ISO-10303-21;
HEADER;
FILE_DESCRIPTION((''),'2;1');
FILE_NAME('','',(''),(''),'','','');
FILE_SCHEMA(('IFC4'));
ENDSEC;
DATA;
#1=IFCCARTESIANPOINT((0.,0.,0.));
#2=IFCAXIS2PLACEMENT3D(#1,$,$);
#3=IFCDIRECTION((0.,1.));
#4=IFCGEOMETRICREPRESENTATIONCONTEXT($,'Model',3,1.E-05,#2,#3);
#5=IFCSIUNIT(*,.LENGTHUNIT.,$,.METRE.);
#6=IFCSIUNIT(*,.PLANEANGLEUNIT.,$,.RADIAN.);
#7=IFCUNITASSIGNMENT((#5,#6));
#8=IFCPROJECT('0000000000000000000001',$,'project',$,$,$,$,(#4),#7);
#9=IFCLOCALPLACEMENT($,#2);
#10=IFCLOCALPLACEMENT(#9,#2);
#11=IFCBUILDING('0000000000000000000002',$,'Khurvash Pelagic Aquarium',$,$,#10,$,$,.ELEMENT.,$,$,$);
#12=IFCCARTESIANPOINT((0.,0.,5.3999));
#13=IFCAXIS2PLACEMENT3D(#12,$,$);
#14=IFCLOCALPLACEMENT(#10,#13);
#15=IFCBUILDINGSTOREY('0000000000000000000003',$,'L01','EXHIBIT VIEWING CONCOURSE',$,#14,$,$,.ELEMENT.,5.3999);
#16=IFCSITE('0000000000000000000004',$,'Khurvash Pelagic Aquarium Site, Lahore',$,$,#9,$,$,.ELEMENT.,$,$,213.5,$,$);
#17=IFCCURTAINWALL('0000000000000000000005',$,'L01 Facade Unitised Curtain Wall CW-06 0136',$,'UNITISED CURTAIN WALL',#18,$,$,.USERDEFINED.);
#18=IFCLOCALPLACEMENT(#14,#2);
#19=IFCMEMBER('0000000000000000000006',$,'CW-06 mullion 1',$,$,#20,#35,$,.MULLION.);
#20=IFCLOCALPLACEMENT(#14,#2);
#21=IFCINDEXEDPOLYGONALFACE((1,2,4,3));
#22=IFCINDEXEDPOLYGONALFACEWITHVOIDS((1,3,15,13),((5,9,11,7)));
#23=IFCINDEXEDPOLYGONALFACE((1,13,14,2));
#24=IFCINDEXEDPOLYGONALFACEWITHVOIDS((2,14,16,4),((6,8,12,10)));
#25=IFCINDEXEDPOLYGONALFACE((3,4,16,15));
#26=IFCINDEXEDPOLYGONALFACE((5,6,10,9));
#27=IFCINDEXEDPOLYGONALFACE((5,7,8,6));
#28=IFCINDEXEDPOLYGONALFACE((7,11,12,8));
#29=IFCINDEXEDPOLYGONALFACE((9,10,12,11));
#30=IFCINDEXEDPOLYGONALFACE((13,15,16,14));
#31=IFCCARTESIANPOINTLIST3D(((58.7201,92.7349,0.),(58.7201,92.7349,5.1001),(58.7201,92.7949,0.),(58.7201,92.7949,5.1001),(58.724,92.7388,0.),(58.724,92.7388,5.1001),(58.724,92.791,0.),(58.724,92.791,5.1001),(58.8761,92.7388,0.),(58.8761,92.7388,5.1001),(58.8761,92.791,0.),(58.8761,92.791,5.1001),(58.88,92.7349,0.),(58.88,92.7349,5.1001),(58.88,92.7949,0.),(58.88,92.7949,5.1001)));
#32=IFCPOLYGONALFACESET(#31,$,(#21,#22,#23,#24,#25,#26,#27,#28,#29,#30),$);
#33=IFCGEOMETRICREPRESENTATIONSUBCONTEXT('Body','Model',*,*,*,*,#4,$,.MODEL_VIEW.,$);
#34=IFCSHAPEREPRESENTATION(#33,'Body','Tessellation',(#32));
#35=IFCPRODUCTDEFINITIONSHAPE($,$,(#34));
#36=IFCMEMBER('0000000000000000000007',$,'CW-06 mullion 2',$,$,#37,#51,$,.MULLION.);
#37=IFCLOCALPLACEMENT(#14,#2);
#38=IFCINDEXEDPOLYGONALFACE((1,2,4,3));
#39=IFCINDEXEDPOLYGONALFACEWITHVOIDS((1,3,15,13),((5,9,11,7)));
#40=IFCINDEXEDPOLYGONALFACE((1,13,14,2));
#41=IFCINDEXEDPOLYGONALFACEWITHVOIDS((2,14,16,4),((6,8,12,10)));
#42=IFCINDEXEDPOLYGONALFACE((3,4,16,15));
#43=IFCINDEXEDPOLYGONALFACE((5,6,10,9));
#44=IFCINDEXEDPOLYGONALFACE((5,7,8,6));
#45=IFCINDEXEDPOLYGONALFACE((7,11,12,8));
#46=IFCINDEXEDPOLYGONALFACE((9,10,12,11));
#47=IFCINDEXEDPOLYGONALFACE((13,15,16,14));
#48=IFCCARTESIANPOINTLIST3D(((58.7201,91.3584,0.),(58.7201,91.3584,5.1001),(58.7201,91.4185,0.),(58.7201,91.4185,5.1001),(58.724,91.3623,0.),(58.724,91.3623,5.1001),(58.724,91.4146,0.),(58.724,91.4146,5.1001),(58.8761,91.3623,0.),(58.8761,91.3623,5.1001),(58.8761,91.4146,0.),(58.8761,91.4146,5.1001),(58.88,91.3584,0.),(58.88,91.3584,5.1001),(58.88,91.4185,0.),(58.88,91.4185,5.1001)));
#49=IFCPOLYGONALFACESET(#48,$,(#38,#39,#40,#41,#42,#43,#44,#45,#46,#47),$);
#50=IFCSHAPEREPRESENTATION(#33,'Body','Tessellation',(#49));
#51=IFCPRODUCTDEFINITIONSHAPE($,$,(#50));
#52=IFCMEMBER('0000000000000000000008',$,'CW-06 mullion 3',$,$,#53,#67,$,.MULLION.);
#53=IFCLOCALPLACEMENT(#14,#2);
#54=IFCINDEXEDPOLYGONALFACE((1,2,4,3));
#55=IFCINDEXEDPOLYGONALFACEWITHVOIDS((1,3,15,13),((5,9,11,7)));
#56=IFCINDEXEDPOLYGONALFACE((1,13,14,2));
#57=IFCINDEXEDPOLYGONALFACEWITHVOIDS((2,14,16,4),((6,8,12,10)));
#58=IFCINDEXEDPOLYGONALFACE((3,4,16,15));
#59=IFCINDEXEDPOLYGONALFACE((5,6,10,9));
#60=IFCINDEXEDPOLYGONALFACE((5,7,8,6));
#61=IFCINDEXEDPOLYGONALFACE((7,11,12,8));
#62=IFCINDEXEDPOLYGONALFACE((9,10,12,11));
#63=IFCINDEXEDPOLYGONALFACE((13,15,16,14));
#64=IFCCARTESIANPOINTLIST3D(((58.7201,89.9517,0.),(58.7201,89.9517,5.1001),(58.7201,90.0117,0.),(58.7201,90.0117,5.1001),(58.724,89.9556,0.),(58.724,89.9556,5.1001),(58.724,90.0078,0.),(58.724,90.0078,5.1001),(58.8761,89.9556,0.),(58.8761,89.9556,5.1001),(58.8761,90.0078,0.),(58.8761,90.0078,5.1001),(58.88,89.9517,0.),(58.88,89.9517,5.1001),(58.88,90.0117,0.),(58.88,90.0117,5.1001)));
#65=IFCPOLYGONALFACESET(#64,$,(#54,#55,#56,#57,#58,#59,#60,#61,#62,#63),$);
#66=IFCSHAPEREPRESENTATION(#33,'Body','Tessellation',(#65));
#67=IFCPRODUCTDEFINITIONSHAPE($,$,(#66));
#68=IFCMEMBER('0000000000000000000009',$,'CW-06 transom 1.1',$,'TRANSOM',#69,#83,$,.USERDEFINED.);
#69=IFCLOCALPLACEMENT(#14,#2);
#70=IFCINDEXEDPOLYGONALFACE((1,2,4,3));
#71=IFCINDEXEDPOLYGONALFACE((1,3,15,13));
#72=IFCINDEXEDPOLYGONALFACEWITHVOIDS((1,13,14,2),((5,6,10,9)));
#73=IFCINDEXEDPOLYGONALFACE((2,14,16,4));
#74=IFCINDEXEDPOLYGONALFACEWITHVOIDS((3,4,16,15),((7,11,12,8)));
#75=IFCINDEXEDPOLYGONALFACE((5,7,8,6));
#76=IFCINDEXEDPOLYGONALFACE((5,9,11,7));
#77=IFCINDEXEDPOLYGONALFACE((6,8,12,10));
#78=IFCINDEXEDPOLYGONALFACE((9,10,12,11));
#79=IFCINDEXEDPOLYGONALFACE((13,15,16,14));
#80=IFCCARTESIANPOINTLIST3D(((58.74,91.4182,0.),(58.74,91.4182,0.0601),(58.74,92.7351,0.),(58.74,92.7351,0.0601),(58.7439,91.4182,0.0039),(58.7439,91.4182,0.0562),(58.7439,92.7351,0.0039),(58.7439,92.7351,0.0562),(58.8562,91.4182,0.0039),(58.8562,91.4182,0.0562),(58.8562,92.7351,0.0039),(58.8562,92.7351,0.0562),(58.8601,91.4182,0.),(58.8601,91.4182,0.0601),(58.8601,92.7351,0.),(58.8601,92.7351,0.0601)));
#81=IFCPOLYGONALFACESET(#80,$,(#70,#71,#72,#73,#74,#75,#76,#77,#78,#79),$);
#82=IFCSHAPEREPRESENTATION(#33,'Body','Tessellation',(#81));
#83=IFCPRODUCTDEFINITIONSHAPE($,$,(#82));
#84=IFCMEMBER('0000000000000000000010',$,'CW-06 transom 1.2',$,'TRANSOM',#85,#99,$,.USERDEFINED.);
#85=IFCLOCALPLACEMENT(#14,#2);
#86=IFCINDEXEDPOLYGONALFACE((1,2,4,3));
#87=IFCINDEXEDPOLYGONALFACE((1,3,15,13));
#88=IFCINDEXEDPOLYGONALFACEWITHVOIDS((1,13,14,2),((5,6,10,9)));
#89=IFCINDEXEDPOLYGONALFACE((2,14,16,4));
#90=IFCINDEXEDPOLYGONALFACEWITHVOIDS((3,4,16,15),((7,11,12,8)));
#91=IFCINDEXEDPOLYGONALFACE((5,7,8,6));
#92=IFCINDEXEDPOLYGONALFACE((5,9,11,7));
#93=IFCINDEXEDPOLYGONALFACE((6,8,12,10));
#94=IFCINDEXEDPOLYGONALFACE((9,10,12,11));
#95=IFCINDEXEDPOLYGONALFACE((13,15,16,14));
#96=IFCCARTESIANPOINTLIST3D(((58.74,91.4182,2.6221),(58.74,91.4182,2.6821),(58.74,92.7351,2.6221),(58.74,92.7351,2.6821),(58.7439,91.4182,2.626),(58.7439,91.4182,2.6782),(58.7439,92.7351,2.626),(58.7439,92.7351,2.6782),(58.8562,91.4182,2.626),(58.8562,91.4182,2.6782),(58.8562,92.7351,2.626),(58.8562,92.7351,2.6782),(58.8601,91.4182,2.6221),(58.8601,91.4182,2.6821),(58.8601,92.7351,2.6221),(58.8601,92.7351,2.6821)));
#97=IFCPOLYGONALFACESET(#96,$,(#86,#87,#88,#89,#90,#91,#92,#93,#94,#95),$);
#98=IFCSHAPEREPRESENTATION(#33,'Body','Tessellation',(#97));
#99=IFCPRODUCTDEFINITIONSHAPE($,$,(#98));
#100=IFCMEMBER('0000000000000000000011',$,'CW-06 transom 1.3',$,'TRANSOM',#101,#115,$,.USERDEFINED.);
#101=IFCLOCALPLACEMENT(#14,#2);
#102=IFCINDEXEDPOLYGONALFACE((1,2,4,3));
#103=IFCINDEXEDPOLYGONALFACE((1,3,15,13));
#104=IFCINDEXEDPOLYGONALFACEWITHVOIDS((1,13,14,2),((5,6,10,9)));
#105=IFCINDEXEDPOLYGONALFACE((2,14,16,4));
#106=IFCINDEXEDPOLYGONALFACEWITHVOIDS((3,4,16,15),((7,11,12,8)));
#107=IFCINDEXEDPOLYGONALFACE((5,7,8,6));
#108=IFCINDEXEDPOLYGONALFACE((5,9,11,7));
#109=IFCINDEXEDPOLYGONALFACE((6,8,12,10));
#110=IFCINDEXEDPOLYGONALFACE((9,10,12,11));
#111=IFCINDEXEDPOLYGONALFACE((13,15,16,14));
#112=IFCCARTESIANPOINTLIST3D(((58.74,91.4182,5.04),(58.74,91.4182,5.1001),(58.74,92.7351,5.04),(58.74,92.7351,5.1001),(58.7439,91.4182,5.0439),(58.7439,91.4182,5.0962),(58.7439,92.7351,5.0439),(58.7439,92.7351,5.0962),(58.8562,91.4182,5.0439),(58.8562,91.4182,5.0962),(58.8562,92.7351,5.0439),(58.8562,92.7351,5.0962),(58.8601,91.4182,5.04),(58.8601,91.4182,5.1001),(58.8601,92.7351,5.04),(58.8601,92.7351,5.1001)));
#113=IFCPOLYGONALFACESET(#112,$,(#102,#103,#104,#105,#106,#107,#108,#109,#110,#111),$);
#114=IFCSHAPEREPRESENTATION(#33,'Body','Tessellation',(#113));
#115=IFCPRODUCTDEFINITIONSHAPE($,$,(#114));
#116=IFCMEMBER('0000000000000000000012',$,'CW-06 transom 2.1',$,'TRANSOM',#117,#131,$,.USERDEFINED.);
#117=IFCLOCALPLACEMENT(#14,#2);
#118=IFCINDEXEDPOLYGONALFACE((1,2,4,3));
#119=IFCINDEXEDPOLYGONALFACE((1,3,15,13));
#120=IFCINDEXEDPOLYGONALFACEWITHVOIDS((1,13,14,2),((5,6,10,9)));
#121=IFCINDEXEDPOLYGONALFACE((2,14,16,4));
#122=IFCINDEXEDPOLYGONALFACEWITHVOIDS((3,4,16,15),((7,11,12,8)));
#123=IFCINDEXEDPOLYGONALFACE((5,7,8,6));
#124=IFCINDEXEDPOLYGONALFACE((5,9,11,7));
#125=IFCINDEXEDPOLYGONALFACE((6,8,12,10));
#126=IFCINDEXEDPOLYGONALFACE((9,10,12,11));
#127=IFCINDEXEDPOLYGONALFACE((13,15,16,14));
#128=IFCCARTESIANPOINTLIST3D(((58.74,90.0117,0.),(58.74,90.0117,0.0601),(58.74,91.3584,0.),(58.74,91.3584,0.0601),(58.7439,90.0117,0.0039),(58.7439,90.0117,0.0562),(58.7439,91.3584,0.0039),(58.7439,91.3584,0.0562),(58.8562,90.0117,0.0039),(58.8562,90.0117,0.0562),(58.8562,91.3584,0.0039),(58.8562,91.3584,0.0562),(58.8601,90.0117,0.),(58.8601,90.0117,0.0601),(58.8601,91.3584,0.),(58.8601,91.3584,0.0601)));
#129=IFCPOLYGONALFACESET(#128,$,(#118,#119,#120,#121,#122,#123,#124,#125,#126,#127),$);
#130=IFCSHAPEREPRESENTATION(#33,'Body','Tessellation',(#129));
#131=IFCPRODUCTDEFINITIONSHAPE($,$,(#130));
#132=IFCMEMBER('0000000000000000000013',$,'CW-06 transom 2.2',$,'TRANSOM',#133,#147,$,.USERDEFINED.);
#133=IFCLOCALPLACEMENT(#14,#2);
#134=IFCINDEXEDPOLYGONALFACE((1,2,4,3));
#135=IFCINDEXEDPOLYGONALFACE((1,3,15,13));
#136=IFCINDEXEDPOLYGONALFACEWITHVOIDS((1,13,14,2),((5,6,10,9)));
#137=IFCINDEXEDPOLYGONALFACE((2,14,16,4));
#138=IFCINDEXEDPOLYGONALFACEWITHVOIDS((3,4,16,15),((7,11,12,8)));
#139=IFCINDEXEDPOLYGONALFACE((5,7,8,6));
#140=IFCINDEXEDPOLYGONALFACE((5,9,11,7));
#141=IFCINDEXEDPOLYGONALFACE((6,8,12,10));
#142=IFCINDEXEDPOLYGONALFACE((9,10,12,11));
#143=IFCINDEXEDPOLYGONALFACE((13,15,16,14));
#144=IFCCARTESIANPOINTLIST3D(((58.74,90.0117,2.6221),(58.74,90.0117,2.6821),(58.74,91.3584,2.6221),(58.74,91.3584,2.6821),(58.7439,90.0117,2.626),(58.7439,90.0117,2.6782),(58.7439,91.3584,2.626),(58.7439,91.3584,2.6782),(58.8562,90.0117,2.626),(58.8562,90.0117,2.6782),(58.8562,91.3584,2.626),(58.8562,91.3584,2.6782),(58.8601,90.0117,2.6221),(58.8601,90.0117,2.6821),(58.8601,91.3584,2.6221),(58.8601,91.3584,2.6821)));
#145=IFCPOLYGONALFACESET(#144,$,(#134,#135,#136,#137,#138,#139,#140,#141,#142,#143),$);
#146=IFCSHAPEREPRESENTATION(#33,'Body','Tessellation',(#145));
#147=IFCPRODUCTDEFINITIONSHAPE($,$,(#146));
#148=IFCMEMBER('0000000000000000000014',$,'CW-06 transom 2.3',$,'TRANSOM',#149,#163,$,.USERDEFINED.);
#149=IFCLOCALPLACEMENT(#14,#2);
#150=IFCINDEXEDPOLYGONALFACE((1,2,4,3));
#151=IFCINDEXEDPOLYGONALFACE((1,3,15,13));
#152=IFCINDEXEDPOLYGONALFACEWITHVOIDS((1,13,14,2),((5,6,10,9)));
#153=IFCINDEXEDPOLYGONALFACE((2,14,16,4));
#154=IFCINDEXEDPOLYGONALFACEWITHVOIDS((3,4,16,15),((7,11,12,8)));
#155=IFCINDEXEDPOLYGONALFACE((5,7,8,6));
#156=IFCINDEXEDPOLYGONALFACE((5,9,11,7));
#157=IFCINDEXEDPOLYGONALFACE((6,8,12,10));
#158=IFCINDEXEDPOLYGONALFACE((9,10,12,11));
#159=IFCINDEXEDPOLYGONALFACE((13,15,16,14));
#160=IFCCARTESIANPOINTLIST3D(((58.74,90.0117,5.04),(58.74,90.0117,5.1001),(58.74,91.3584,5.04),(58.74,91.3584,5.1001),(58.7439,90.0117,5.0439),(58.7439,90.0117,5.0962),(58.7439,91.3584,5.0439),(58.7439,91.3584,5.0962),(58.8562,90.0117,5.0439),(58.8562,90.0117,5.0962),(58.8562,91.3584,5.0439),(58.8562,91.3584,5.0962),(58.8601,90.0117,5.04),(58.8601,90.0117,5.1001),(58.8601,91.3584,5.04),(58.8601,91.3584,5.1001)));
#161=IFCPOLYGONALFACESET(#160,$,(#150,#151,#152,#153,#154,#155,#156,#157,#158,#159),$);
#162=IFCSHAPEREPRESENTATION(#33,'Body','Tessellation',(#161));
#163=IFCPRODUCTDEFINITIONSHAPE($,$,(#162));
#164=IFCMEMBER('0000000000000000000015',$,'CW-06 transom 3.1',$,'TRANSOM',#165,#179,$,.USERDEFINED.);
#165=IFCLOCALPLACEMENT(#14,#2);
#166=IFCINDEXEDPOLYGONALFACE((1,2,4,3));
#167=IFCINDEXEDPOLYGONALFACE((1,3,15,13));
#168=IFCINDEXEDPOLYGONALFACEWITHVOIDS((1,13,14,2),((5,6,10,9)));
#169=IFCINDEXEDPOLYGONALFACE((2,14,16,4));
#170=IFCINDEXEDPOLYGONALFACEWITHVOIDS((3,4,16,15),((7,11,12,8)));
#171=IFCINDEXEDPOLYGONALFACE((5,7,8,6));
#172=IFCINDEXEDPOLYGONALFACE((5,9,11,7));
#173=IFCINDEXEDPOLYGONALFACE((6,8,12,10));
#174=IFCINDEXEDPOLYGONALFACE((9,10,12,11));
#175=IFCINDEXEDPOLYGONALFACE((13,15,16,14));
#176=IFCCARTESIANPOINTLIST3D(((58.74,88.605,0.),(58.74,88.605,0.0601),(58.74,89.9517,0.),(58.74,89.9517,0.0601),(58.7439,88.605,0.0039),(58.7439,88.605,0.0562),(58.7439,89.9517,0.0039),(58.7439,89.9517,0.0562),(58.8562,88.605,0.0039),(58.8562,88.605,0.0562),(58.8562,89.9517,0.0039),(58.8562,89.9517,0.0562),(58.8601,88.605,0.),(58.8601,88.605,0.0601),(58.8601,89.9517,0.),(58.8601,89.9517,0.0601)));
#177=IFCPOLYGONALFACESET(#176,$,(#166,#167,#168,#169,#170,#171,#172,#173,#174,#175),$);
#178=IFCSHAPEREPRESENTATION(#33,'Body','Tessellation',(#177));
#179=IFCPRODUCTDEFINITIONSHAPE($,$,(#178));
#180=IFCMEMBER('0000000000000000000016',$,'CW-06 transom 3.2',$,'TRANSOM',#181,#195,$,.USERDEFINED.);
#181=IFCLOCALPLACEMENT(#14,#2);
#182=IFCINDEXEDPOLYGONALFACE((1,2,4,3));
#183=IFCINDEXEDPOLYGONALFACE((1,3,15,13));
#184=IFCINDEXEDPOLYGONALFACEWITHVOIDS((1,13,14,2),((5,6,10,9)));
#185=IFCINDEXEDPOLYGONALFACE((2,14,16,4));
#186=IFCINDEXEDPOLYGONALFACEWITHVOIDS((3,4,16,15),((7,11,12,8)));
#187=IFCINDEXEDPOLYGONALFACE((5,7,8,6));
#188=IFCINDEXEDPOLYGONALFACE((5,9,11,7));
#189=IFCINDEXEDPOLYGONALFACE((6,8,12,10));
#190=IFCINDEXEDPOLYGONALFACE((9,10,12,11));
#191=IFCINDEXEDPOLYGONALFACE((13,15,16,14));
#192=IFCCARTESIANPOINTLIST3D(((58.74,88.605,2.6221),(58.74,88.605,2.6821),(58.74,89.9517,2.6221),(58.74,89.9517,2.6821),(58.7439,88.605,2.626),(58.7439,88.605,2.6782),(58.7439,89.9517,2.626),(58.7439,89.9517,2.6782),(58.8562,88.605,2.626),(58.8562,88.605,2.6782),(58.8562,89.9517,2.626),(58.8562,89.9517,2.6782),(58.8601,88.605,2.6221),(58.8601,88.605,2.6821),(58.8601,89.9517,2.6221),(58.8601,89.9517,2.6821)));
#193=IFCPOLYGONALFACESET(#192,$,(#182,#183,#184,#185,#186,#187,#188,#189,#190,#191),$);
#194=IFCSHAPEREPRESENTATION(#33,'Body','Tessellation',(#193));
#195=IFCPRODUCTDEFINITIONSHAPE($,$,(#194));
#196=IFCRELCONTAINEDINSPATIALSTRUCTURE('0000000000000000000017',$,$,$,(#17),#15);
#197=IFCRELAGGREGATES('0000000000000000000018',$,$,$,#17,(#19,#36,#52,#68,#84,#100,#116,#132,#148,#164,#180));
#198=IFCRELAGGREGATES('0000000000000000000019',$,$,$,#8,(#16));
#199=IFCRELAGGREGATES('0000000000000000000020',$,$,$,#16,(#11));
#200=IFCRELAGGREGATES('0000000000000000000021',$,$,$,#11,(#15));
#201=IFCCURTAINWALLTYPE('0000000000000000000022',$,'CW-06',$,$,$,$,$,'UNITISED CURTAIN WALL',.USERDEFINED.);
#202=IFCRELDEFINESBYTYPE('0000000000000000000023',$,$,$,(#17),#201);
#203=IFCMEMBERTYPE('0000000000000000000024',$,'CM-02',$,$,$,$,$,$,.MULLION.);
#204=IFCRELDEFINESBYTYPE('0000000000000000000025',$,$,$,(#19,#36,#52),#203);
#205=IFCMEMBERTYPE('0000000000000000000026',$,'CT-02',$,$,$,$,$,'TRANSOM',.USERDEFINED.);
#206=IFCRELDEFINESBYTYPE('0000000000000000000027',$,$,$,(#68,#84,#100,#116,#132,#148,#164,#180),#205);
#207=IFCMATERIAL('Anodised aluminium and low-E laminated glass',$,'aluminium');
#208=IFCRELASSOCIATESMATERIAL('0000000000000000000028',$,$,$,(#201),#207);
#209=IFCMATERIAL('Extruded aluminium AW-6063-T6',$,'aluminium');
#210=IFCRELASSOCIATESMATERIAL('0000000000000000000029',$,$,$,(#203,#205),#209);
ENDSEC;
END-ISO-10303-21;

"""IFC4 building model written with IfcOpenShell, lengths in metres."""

from ifc_helpers import new_model, si_unit, direction, frame, origin, origin_2d, place, context, subcontext, project, spatial, hollow_rectangle, extrude, material, material_profile, profile_set, type_object, element, aggregate, save


model = new_model("IFC4")

# Units and contexts
model_context = context("Model", 3, precision=1e-05, world=origin(), true_north=direction((0.0, 1.0)))
body_context = subcontext(model_context, "Body", "Model", "MODEL_VIEW")
ifc_project = project(units=[si_unit("LENGTHUNIT", "METRE"), si_unit("PLANEANGLEUNIT", "RADIAN")], contexts=[model_context])

# Site, building, storey
site_placement = place(None, origin())
site = spatial("IfcSite", under=ifc_project, at=site_placement, Name="Khurvash Pelagic Aquarium Site, Lahore", CompositionType="ELEMENT", RefElevation=213.5)
building_placement = place(site_placement, origin())
building = spatial("IfcBuilding", under=site, at=building_placement, Name="Khurvash Pelagic Aquarium", CompositionType="ELEMENT")
storey_placement = place(building_placement, frame((0.0, 0.0, 5.3999)))
storey = spatial("IfcBuildingStorey", under=building, at=storey_placement, Name="L01", Description="EXHIBIT VIEWING CONCOURSE", CompositionType="ELEMENT", Elevation=5.3999)

# Curtain wall, members
ifc_material_1 = material(Name="Anodised aluminium and low-E laminated glass", Category="aluminium")
curtain_wall_type_1 = type_object("IfcCurtainWallType", Name="CW-06", ElementType="UNITISED CURTAIN WALL", PredefinedType="USERDEFINED", material=ifc_material_1)
curtain_wall_1_placement = place(storey_placement, origin())
curtain_wall_1 = element("IfcCurtainWall", 1, at=curtain_wall_1_placement, inside=storey, type_object=curtain_wall_type_1, Name="L01 Facade Unitised Curtain Wall CW-06 0136", ObjectType="UNITISED CURTAIN WALL", PredefinedType="USERDEFINED")
ifc_material_2 = material(Name="Extruded aluminium AW-6063-T6", Category="aluminium")
ifc_material_profile_1 = material_profile(ifc_material_2, hollow_rectangle(XDim=0.0601, YDim=0.1599, WallThickness=0.0039, at=origin_2d()), Name="CWM60X160X4")
ifc_profile_set_1 = profile_set([ifc_material_profile_1], Name="Extruded aluminium AW-6063-T6")
member_type_1 = type_object("IfcMemberType", Name="CM-02", PredefinedType="MULLION", material=ifc_profile_set_1)
member_1_placement = place(storey_placement, frame((58.8, 92.7649, 0.0), z_axis=(0.0, 0.0, 1.0), x_axis=(0.0, -1.0, 0.0)))
member_1 = element("IfcMember", 2, at=member_1_placement, type_object=member_type_1, Name="CW-06 mullion 1", PredefinedType="MULLION", context=body_context, shape_type="SweptSolid", body=[
    extrude(hollow_rectangle(XDim=0.0601, YDim=0.1599, WallThickness=0.0039, at=origin_2d()), origin(), (0.0, 0.0, 1.0), 5.1001),
])
member_2_placement = place(storey_placement, frame((58.8, 91.3884, 0.0), z_axis=(0.0, 0.0, 1.0), x_axis=(0.0, -1.0, 0.0)))
member_2 = element("IfcMember", 3, at=member_2_placement, type_object=member_type_1, Name="CW-06 mullion 2", PredefinedType="MULLION", context=body_context, shape_type="SweptSolid", body=[
    extrude(hollow_rectangle(XDim=0.0601, YDim=0.1599, WallThickness=0.0039, at=origin_2d()), origin(), (0.0, 0.0, 1.0), 5.1001),
])
member_3_placement = place(storey_placement, frame((58.8, 89.9817, 0.0), z_axis=(0.0, 0.0, 1.0), x_axis=(0.0, -1.0, 0.0)))
member_3 = element("IfcMember", 4, at=member_3_placement, type_object=member_type_1, Name="CW-06 mullion 3", PredefinedType="MULLION", context=body_context, shape_type="SweptSolid", body=[
    extrude(hollow_rectangle(XDim=0.0601, YDim=0.1599, WallThickness=0.0039, at=origin_2d()), origin(), (0.0, 0.0, 1.0), 5.1001),
])
ifc_material_profile_2 = material_profile(ifc_material_2, hollow_rectangle(XDim=0.1201, YDim=0.0601, WallThickness=0.0039, at=origin_2d()), Name="CWT120X60X4")
ifc_profile_set_2 = profile_set([ifc_material_profile_2], Name="Extruded aluminium AW-6063-T6")
member_type_2 = type_object("IfcMemberType", Name="CT-02", ElementType="TRANSOM", PredefinedType="USERDEFINED", material=ifc_profile_set_2)
member_4_placement = place(storey_placement, frame((58.8, 92.7351, 0.03), z_axis=(0.0, -1.0, 0.0), x_axis=(1.0, 0.0, 0.0)))
member_4 = element("IfcMember", 5, at=member_4_placement, type_object=member_type_2, Name="CW-06 transom 1.1", ObjectType="TRANSOM", PredefinedType="USERDEFINED", context=body_context, shape_type="SweptSolid", body=[
    extrude(hollow_rectangle(XDim=0.1201, YDim=0.0601, WallThickness=0.0039, at=origin_2d()), origin(), (0.0, 0.0, 1.0), 1.3169),
])
member_5_placement = place(storey_placement, frame((58.8, 92.7351, 2.6521), z_axis=(0.0, -1.0, 0.0), x_axis=(1.0, 0.0, 0.0)))
member_5 = element("IfcMember", 6, at=member_5_placement, type_object=member_type_2, Name="CW-06 transom 1.2", ObjectType="TRANSOM", PredefinedType="USERDEFINED", context=body_context, shape_type="SweptSolid", body=[
    extrude(hollow_rectangle(XDim=0.1201, YDim=0.0601, WallThickness=0.0039, at=origin_2d()), origin(), (0.0, 0.0, 1.0), 1.3169),
])
member_6_placement = place(storey_placement, frame((58.8, 92.7351, 5.0701), z_axis=(0.0, -1.0, 0.0), x_axis=(1.0, 0.0, 0.0)))
member_6 = element("IfcMember", 7, at=member_6_placement, type_object=member_type_2, Name="CW-06 transom 1.3", ObjectType="TRANSOM", PredefinedType="USERDEFINED", context=body_context, shape_type="SweptSolid", body=[
    extrude(hollow_rectangle(XDim=0.1201, YDim=0.0601, WallThickness=0.0039, at=origin_2d()), origin(), (0.0, 0.0, 1.0), 1.3169),
])
member_7_placement = place(storey_placement, frame((58.8, 91.3584, 0.03), z_axis=(0.0, -1.0, 0.0), x_axis=(1.0, 0.0, 0.0)))
member_7 = element("IfcMember", 8, at=member_7_placement, type_object=member_type_2, Name="CW-06 transom 2.1", ObjectType="TRANSOM", PredefinedType="USERDEFINED", context=body_context, shape_type="SweptSolid", body=[
    extrude(hollow_rectangle(XDim=0.1201, YDim=0.0601, WallThickness=0.0039, at=origin_2d()), origin(), (0.0, 0.0, 1.0), 1.3467),
])
member_8_placement = place(storey_placement, frame((58.8, 91.3584, 2.6521), z_axis=(0.0, -1.0, 0.0), x_axis=(1.0, 0.0, 0.0)))
member_8 = element("IfcMember", 9, at=member_8_placement, type_object=member_type_2, Name="CW-06 transom 2.2", ObjectType="TRANSOM", PredefinedType="USERDEFINED", context=body_context, shape_type="SweptSolid", body=[
    extrude(hollow_rectangle(XDim=0.1201, YDim=0.0601, WallThickness=0.0039, at=origin_2d()), origin(), (0.0, 0.0, 1.0), 1.3467),
])
member_9_placement = place(storey_placement, frame((58.8, 91.3584, 5.0701), z_axis=(0.0, -1.0, 0.0), x_axis=(1.0, 0.0, 0.0)))
member_9 = element("IfcMember", 10, at=member_9_placement, type_object=member_type_2, Name="CW-06 transom 2.3", ObjectType="TRANSOM", PredefinedType="USERDEFINED", context=body_context, shape_type="SweptSolid", body=[
    extrude(hollow_rectangle(XDim=0.1201, YDim=0.0601, WallThickness=0.0039, at=origin_2d()), origin(), (0.0, 0.0, 1.0), 1.3467),
])
member_10_placement = place(storey_placement, frame((58.8, 89.9517, 0.03), z_axis=(0.0, -1.0, 0.0), x_axis=(1.0, 0.0, 0.0)))
member_10 = element("IfcMember", 11, at=member_10_placement, type_object=member_type_2, Name="CW-06 transom 3.1", ObjectType="TRANSOM", PredefinedType="USERDEFINED", context=body_context, shape_type="SweptSolid", body=[
    extrude(hollow_rectangle(XDim=0.1201, YDim=0.0601, WallThickness=0.0039, at=origin_2d()), origin(), (0.0, 0.0, 1.0), 1.3467),
])
member_11_placement = place(storey_placement, frame((58.8, 89.9517, 2.6521), z_axis=(0.0, -1.0, 0.0), x_axis=(1.0, 0.0, 0.0)))
member_11 = element("IfcMember", 12, at=member_11_placement, type_object=member_type_2, Name="CW-06 transom 3.2", ObjectType="TRANSOM", PredefinedType="USERDEFINED", context=body_context, shape_type="SweptSolid", body=[
    extrude(hollow_rectangle(XDim=0.1201, YDim=0.0601, WallThickness=0.0039, at=origin_2d()), origin(), (0.0, 0.0, 1.0), 1.3467),
])

aggregate(curtain_wall_1, [member_1, member_2, member_3, member_4, member_5, member_6, member_7, member_8, member_9, member_10, member_11])

save(model, "model.ifc")
